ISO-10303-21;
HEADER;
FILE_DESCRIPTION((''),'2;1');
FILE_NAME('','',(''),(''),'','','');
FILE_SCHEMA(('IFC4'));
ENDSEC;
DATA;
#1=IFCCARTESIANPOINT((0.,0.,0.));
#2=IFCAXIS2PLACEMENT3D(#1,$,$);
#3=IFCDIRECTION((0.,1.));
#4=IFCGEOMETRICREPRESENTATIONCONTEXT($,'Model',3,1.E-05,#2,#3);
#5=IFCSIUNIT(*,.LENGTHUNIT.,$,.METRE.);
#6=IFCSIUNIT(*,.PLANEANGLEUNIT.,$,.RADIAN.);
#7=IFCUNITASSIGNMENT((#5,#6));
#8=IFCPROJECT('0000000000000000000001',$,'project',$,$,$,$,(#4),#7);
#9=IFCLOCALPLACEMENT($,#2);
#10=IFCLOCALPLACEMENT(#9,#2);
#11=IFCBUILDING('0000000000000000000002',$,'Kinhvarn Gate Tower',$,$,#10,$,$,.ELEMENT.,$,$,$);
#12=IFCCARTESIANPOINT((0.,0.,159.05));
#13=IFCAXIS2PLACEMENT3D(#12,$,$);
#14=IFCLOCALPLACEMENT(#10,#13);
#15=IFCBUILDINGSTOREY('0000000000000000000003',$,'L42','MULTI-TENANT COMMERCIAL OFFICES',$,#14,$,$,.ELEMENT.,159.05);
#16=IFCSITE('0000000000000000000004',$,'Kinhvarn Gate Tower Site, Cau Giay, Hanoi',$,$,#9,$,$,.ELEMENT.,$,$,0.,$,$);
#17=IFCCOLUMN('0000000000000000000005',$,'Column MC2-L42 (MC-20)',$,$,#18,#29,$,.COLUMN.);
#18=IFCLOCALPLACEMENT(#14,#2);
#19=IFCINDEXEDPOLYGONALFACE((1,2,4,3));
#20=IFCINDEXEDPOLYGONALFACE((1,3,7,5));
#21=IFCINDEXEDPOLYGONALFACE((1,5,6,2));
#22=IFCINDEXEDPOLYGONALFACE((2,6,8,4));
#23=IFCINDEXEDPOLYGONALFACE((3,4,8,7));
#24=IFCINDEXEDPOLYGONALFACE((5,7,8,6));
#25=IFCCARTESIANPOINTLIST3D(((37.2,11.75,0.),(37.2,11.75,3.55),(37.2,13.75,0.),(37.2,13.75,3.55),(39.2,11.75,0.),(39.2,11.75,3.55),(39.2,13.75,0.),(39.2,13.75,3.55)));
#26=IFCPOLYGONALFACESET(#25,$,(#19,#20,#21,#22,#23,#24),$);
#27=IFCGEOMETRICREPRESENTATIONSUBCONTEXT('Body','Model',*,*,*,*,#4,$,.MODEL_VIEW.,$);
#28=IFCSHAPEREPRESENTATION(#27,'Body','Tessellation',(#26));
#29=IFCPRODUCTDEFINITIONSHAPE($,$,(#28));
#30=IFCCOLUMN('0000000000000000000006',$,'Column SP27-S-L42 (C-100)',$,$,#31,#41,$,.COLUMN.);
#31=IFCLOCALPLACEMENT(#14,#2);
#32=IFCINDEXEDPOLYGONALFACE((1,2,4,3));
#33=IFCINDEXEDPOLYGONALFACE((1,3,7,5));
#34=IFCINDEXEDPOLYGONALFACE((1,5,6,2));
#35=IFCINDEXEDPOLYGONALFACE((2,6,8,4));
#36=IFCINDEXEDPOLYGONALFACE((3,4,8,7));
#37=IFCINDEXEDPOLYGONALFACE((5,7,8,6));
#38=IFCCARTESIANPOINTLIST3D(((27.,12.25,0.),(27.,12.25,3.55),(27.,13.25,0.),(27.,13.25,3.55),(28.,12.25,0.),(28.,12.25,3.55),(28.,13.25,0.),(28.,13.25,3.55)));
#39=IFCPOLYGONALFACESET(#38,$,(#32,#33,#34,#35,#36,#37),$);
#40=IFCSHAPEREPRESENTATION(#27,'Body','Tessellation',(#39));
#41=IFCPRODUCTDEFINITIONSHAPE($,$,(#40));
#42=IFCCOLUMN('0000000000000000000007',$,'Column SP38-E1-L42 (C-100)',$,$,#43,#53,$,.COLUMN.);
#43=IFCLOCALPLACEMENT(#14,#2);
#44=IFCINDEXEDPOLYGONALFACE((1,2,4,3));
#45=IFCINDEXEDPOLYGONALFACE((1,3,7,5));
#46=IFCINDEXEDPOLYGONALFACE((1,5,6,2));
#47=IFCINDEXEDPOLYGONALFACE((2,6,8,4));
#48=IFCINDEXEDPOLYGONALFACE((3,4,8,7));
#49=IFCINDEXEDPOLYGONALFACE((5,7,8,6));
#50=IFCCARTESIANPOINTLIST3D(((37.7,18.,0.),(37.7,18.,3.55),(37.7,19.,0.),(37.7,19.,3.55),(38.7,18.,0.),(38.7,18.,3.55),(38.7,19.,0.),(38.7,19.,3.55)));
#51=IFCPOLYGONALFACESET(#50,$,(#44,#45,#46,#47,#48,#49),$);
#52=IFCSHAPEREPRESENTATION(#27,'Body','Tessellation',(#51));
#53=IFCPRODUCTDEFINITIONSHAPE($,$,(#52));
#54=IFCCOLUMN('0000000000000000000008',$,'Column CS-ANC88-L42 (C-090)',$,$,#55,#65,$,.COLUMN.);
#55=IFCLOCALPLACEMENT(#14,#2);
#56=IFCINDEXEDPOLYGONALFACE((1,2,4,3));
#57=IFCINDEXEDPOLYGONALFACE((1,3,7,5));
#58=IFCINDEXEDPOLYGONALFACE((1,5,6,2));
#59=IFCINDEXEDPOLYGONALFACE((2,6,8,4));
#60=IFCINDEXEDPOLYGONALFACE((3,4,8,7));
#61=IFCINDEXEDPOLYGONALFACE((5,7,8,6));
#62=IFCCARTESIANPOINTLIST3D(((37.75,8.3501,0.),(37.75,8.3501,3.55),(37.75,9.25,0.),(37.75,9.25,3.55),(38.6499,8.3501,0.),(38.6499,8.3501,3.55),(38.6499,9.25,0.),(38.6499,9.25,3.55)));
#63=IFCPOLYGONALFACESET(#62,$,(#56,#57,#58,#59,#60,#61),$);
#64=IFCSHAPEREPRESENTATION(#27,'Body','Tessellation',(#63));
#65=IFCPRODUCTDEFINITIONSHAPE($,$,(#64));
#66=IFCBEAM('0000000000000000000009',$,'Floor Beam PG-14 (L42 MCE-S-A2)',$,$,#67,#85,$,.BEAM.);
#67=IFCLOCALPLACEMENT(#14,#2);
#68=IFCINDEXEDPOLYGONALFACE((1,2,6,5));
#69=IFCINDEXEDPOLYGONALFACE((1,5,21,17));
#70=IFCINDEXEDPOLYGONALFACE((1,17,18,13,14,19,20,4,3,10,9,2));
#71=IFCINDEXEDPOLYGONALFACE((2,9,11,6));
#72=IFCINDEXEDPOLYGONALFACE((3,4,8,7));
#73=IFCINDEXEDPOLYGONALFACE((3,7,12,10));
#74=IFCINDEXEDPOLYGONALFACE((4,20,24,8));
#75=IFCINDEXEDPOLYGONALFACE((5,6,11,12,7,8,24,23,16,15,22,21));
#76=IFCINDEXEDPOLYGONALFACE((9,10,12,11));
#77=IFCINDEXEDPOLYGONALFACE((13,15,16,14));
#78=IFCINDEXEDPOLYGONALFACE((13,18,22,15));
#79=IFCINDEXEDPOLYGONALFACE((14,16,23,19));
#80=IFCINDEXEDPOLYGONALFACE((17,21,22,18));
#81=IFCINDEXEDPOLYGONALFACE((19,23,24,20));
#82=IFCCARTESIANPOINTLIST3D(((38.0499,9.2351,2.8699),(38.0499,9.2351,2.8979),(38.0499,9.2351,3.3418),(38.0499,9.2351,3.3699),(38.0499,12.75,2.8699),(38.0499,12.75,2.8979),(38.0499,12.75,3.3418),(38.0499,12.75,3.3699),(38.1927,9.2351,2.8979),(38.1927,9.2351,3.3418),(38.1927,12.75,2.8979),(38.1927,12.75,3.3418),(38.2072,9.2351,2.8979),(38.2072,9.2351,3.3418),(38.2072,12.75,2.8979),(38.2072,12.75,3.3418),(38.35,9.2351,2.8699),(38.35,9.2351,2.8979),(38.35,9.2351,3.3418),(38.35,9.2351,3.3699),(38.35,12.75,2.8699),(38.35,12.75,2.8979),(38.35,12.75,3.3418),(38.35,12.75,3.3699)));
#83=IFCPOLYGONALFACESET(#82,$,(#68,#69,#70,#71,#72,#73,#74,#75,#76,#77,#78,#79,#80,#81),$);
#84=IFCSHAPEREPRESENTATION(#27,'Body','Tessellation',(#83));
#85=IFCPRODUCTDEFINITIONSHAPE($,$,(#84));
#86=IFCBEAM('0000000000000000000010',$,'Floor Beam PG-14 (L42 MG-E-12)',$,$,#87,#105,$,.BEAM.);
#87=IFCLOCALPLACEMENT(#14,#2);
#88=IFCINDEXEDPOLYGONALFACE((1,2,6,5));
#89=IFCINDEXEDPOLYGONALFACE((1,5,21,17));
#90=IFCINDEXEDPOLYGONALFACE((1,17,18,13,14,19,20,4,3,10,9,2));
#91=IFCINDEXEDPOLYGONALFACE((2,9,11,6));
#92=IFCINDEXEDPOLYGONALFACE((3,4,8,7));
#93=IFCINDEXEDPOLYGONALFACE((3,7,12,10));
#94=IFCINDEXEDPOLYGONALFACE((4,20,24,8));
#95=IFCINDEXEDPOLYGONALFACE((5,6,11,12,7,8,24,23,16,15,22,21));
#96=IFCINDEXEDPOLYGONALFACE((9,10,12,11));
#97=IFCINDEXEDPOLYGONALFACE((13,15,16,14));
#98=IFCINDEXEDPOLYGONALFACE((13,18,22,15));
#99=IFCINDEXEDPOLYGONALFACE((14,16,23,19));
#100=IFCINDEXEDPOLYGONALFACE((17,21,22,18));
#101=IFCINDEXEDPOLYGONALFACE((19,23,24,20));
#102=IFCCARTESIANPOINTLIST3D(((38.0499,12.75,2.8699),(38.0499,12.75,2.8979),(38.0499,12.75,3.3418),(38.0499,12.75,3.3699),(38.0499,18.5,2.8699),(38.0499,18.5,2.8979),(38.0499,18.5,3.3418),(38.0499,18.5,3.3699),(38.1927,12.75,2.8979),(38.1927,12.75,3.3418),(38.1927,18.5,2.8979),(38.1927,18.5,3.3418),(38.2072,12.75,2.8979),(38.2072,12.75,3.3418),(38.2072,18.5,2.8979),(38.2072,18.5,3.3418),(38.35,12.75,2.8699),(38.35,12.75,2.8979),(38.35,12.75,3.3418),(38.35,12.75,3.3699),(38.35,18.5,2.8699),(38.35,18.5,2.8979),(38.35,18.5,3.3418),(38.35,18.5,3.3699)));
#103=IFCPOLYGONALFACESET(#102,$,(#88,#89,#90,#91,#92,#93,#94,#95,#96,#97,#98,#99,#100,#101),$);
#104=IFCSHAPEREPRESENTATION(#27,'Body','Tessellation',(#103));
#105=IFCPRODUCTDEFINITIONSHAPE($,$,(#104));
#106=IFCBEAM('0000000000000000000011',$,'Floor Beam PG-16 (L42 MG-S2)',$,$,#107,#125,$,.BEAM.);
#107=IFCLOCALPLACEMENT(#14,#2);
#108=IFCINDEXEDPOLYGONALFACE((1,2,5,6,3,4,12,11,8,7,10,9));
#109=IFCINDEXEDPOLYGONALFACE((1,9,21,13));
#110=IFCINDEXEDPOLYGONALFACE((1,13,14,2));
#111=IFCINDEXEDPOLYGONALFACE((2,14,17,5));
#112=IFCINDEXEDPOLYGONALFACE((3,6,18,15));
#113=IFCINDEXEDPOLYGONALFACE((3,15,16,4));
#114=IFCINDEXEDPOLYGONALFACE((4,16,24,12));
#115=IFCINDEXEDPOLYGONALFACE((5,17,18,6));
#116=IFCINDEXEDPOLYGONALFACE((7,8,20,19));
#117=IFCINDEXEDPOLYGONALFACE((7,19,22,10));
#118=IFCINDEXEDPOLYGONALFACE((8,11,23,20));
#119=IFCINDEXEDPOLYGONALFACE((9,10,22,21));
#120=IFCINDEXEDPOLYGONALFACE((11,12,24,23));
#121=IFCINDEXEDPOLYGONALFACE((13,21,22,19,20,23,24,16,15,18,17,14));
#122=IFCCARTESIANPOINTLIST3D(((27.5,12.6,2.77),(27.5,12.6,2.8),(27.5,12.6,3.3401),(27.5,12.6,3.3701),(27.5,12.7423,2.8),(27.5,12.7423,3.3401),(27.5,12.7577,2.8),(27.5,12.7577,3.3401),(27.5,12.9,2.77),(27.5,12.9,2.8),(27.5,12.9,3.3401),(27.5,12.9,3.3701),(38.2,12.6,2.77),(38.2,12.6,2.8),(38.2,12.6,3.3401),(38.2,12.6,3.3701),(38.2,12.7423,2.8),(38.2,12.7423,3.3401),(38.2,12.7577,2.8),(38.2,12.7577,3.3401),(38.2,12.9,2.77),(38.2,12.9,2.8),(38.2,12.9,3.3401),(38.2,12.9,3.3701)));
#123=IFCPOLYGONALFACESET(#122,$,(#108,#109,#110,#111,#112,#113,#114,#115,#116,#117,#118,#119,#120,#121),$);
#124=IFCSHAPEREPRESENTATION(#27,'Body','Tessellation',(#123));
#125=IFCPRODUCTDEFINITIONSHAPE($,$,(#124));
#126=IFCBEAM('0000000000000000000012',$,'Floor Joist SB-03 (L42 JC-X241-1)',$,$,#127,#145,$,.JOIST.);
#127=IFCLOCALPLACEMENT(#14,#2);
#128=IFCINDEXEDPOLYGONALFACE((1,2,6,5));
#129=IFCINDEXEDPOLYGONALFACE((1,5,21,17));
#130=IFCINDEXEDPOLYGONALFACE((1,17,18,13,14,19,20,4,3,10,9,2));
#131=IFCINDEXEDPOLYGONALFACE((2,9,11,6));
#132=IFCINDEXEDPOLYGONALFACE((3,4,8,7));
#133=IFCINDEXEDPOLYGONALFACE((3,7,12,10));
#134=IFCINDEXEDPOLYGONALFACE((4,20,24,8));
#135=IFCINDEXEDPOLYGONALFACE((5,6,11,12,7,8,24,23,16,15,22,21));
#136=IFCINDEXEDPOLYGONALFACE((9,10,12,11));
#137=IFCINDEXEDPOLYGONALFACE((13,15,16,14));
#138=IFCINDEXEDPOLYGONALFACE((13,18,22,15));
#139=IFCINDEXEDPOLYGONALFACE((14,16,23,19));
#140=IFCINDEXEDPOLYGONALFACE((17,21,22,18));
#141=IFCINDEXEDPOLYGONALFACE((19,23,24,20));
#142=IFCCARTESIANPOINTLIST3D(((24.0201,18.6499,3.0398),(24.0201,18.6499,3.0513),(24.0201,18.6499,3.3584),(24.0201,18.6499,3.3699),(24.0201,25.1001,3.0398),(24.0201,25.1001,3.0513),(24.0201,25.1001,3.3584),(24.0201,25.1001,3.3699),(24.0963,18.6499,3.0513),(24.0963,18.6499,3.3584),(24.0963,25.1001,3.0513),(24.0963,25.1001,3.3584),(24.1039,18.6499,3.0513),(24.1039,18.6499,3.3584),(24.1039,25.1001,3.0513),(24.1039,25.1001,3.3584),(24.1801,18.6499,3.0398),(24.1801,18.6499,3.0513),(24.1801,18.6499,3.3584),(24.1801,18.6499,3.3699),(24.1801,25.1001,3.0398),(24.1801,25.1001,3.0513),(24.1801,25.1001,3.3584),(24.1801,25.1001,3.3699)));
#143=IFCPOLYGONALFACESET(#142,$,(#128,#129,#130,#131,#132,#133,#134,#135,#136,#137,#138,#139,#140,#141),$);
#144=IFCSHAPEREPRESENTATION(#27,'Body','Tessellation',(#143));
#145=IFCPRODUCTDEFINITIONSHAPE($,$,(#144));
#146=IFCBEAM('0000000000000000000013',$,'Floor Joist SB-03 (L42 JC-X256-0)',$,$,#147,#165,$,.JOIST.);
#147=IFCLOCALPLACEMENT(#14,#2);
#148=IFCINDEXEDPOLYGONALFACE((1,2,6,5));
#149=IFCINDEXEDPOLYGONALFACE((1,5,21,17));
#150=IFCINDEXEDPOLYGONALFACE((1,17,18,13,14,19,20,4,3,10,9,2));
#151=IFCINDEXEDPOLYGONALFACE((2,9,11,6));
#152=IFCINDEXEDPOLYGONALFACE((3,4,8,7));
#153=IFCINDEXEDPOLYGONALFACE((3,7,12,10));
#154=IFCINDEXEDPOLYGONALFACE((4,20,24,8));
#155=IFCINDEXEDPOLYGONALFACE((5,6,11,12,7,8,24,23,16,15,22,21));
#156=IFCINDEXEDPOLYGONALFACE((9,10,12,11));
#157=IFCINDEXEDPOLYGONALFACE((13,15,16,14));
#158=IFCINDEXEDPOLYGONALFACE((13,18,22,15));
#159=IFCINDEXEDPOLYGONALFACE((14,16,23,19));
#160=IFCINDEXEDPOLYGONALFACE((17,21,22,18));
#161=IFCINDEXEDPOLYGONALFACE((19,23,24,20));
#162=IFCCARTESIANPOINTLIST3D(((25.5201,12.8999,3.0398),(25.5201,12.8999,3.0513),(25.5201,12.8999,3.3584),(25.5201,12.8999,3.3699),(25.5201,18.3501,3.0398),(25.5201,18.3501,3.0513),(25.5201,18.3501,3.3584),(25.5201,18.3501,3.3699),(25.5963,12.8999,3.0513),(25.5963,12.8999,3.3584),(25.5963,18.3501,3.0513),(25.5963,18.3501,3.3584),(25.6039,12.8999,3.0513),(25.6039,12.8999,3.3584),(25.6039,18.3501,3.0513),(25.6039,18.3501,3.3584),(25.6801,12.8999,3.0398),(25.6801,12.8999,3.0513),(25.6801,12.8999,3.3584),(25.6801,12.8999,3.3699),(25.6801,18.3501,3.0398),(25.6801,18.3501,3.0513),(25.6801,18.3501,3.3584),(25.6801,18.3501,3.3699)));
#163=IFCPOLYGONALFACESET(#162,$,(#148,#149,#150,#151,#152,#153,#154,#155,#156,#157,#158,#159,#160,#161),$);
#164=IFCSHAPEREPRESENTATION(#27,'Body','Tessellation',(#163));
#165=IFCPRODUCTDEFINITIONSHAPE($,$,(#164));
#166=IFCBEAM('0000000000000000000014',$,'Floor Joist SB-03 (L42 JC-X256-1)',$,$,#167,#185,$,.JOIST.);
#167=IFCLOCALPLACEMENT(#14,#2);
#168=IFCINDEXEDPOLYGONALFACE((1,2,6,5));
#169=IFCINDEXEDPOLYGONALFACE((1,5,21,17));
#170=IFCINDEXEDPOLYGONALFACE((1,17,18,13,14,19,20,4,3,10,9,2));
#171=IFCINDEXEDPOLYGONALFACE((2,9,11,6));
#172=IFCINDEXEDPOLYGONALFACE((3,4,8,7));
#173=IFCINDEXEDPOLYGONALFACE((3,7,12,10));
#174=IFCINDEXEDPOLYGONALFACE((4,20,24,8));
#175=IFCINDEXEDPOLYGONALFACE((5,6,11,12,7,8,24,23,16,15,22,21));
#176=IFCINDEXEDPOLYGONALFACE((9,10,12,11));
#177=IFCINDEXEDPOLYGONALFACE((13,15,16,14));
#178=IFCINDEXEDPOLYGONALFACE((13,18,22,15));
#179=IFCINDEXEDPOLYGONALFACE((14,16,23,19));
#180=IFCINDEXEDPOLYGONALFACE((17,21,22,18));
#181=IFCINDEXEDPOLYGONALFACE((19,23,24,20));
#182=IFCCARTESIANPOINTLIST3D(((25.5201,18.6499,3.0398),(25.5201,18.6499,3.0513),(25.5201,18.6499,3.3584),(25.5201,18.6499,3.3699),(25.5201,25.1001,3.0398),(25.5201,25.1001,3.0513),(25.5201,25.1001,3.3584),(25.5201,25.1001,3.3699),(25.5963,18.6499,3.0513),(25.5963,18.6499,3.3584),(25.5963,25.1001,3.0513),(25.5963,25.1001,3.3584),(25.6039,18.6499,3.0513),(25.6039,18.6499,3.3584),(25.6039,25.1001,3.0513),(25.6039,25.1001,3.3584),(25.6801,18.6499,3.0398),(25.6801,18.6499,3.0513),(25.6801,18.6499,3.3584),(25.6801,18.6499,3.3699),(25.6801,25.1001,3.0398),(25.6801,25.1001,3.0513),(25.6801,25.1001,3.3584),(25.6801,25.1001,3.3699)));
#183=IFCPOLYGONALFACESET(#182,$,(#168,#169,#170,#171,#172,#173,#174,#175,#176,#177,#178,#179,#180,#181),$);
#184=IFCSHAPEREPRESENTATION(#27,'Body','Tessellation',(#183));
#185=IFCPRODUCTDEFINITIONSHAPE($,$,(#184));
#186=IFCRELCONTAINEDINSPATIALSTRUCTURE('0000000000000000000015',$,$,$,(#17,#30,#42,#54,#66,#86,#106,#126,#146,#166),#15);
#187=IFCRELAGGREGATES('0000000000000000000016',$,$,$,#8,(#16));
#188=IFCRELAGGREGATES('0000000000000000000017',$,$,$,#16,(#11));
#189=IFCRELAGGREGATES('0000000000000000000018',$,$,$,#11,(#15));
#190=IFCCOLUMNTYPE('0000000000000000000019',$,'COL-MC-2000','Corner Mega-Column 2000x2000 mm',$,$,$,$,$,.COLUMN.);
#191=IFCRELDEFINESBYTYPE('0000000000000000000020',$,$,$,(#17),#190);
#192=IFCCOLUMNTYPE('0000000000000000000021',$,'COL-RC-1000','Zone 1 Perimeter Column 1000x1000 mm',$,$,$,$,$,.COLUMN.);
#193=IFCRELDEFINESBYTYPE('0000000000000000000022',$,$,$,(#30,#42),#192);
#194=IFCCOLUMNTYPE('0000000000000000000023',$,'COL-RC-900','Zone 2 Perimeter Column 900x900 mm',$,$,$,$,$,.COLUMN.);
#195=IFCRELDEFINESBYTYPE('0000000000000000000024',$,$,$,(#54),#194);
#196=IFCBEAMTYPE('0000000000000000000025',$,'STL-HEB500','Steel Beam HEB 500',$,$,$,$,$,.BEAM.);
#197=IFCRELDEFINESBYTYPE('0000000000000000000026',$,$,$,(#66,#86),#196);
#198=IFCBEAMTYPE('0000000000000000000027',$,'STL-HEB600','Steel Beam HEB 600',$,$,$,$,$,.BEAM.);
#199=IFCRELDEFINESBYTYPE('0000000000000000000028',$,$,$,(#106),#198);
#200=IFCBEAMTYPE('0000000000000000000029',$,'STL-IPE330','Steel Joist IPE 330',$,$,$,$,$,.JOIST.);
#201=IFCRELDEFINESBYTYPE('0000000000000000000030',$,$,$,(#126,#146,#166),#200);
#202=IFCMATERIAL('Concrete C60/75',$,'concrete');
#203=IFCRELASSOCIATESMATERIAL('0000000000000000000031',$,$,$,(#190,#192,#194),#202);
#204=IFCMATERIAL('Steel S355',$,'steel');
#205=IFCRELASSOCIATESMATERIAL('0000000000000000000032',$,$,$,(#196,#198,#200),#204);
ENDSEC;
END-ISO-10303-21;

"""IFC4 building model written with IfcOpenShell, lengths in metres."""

from ifc_helpers import new_model, si_unit, direction, frame, origin, origin_2d, place, context, subcontext, project, spatial, rectangle, i_section, extrude, material, material_profile, profile_set, type_object, element, save


model = new_model("IFC4")

# Units and contexts
model_context = context("Model", 3, precision=1e-05, world=origin(), true_north=direction((0.0, 1.0)))
body_context = subcontext(model_context, "Body", "Model", "MODEL_VIEW")
ifc_project = project(units=[si_unit("LENGTHUNIT", "METRE"), si_unit("PLANEANGLEUNIT", "RADIAN")], contexts=[model_context])

# Site, building, storey
site_placement = place(None, origin())
site = spatial("IfcSite", under=ifc_project, at=site_placement, Name="Kinhvarn Gate Tower Site, Cau Giay, Hanoi", CompositionType="ELEMENT", RefElevation=0.0)
building_placement = place(site_placement, origin())
building = spatial("IfcBuilding", under=site, at=building_placement, Name="Kinhvarn Gate Tower", CompositionType="ELEMENT")
storey_placement = place(building_placement, frame((0.0, 0.0, 159.05)))
storey = spatial("IfcBuildingStorey", under=building, at=storey_placement, Name="L42", Description="MULTI-TENANT COMMERCIAL OFFICES", CompositionType="ELEMENT", Elevation=159.05)

# Columns
ifc_material_1 = material(Name="Concrete C60/75", Category="concrete")
ifc_material_profile_1 = material_profile(ifc_material_1, rectangle(XDim=2.0, YDim=2.0, at=origin_2d()), Name="RC 2000x2000")
ifc_profile_set_1 = profile_set([ifc_material_profile_1], Name="Concrete C60/75")
column_type_1 = type_object("IfcColumnType", Name="COL-MC-2000", Description="Corner Mega-Column 2000x2000 mm", PredefinedType="COLUMN", material=ifc_profile_set_1)
column_1_placement = place(storey_placement, frame((38.2, 12.75, 0.0), z_axis=(0.0, 0.0, 1.0), x_axis=(1.0, 0.0, 0.0)))
element("IfcColumn", 1, at=column_1_placement, inside=storey, type_object=column_type_1, Name="Column MC2-L42 (MC-20)", PredefinedType="COLUMN", context=body_context, shape_type="SweptSolid", body=[
    extrude(rectangle(XDim=2.0, YDim=2.0, at=origin_2d()), origin(), (0.0, 0.0, 1.0), 3.55),
])
ifc_material_profile_2 = material_profile(ifc_material_1, rectangle(XDim=1.0, YDim=1.0, at=origin_2d()), Name="RC 1000x1000")
ifc_profile_set_2 = profile_set([ifc_material_profile_2], Name="Concrete C60/75")
column_type_2 = type_object("IfcColumnType", Name="COL-RC-1000", Description="Zone 1 Perimeter Column 1000x1000 mm", PredefinedType="COLUMN", material=ifc_profile_set_2)
for number, where, z_axis, x_axis, name in (
    (2, (27.5, 12.75, 0.0), (0.0, 0.0, 1.0), (1.0, 0.0, 0.0), "Column SP27-S-L42 (C-100)"),
    (3, (38.2, 18.5, 0.0), (0.0, 0.0, 1.0), (1.0, 0.0, 0.0), "Column SP38-E1-L42 (C-100)"),
):
    element("IfcColumn", number, at=place(storey_placement, frame(where, z_axis=z_axis, x_axis=x_axis)), inside=storey, type_object=column_type_2, Name=name, PredefinedType="COLUMN", context=body_context, shape_type="SweptSolid", body=[
        extrude(rectangle(XDim=1.0, YDim=1.0, at=origin_2d()), origin(), (0.0, 0.0, 1.0), 3.55),
    ])
ifc_material_profile_3 = material_profile(ifc_material_1, rectangle(XDim=0.8999, YDim=0.8999, at=origin_2d()), Name="RC 900x900")
ifc_profile_set_3 = profile_set([ifc_material_profile_3], Name="Concrete C60/75")
column_type_3 = type_object("IfcColumnType", Name="COL-RC-900", Description="Zone 2 Perimeter Column 900x900 mm", PredefinedType="COLUMN", material=ifc_profile_set_3)
column_2_placement = place(storey_placement, frame((38.2, 8.8, 0.0), z_axis=(0.0, 0.0, 1.0), x_axis=(1.0, 0.0, 0.0)))
element("IfcColumn", 4, at=column_2_placement, inside=storey, type_object=column_type_3, Name="Column CS-ANC88-L42 (C-090)", PredefinedType="COLUMN", context=body_context, shape_type="SweptSolid", body=[
    extrude(rectangle(XDim=0.8999, YDim=0.8999, at=origin_2d()), origin(), (0.0, 0.0, 1.0), 3.55),
])

# Beams
ifc_material_2 = material(Name="Steel S355", Category="steel")
ifc_material_profile_4 = material_profile(ifc_material_2, i_section(OverallWidth=0.3, OverallDepth=0.5, WebThickness=0.0144, FlangeThickness=0.0281, at=origin_2d()), Name="HEB 500")
ifc_profile_set_4 = profile_set([ifc_material_profile_4], Name="Steel S355")
beam_type_1 = type_object("IfcBeamType", Name="STL-HEB500", Description="Steel Beam HEB 500", PredefinedType="BEAM", material=ifc_profile_set_4)
beam_1_placement = place(storey_placement, frame((38.2, 9.2351, 3.1199), z_axis=(0.0, 1.0, 0.0), x_axis=(-1.0, 0.0, 0.0)))
element("IfcBeam", 5, at=beam_1_placement, inside=storey, type_object=beam_type_1, Name="Floor Beam PG-14 (L42 MCE-S-A2)", PredefinedType="BEAM", context=body_context, shape_type="SweptSolid", body=[
    extrude(i_section(OverallWidth=0.3, OverallDepth=0.5, WebThickness=0.0144, FlangeThickness=0.0281, at=origin_2d()), origin(), (0.0, 0.0, 1.0), 3.5149),
])
beam_2_placement = place(storey_placement, frame((38.2, 12.75, 3.1199), z_axis=(0.0, 1.0, 0.0), x_axis=(-1.0, 0.0, 0.0)))
element("IfcBeam", 6, at=beam_2_placement, inside=storey, type_object=beam_type_1, Name="Floor Beam PG-14 (L42 MG-E-12)", PredefinedType="BEAM", context=body_context, shape_type="SweptSolid", body=[
    extrude(i_section(OverallWidth=0.3, OverallDepth=0.5, WebThickness=0.0144, FlangeThickness=0.0281, at=origin_2d()), origin(), (0.0, 0.0, 1.0), 5.75),
])
ifc_material_profile_5 = material_profile(ifc_material_2, i_section(OverallWidth=0.3, OverallDepth=0.6001, WebThickness=0.0154, FlangeThickness=0.03, at=origin_2d()), Name="HEB 600")
ifc_profile_set_5 = profile_set([ifc_material_profile_5], Name="Steel S355")
beam_type_2 = type_object("IfcBeamType", Name="STL-HEB600", Description="Steel Beam HEB 600", PredefinedType="BEAM", material=ifc_profile_set_5)
beam_3_placement = place(storey_placement, frame((27.5, 12.75, 3.0701), z_axis=(1.0, 0.0, 0.0), x_axis=(0.0, 1.0, 0.0)))
element("IfcBeam", 7, at=beam_3_placement, inside=storey, type_object=beam_type_2, Name="Floor Beam PG-16 (L42 MG-S2)", PredefinedType="BEAM", context=body_context, shape_type="SweptSolid", body=[
    extrude(i_section(OverallWidth=0.3, OverallDepth=0.6001, WebThickness=0.0154, FlangeThickness=0.03, at=origin_2d()), origin(), (0.0, 0.0, 1.0), 10.7),
])
ifc_material_profile_6 = material_profile(ifc_material_2, i_section(OverallWidth=0.1599, OverallDepth=0.3301, WebThickness=0.0076, FlangeThickness=0.0115, at=origin_2d()), Name="IPE 330")
ifc_profile_set_6 = profile_set([ifc_material_profile_6], Name="Steel S355")
beam_type_3 = type_object("IfcBeamType", Name="STL-IPE330", Description="Steel Joist IPE 330", PredefinedType="JOIST", material=ifc_profile_set_6)
beam_4_placement = place(storey_placement, frame((24.1001, 18.6499, 3.2048), z_axis=(0.0, 1.0, 0.0), x_axis=(-1.0, 0.0, 0.0)))
element("IfcBeam", 8, at=beam_4_placement, inside=storey, type_object=beam_type_3, Name="Floor Joist SB-03 (L42 JC-X241-1)", PredefinedType="JOIST", context=body_context, shape_type="SweptSolid", body=[
    extrude(i_section(OverallWidth=0.1599, OverallDepth=0.3301, WebThickness=0.0076, FlangeThickness=0.0115, at=origin_2d()), origin(), (0.0, 0.0, 1.0), 6.4502),
])
beam_5_placement = place(storey_placement, frame((25.6001, 12.8999, 3.2048), z_axis=(0.0, 1.0, 0.0), x_axis=(-1.0, 0.0, 0.0)))
element("IfcBeam", 9, at=beam_5_placement, inside=storey, type_object=beam_type_3, Name="Floor Joist SB-03 (L42 JC-X256-0)", PredefinedType="JOIST", context=body_context, shape_type="SweptSolid", body=[
    extrude(i_section(OverallWidth=0.1599, OverallDepth=0.3301, WebThickness=0.0076, FlangeThickness=0.0115, at=origin_2d()), origin(), (0.0, 0.0, 1.0), 5.4502),
])
beam_6_placement = place(storey_placement, frame((25.6001, 18.6499, 3.2048), z_axis=(0.0, 1.0, 0.0), x_axis=(-1.0, 0.0, 0.0)))
element("IfcBeam", 10, at=beam_6_placement, inside=storey, type_object=beam_type_3, Name="Floor Joist SB-03 (L42 JC-X256-1)", PredefinedType="JOIST", context=body_context, shape_type="SweptSolid", body=[
    extrude(i_section(OverallWidth=0.1599, OverallDepth=0.3301, WebThickness=0.0076, FlangeThickness=0.0115, at=origin_2d()), origin(), (0.0, 0.0, 1.0), 6.4502),
])

save(model, "model.ifc")
